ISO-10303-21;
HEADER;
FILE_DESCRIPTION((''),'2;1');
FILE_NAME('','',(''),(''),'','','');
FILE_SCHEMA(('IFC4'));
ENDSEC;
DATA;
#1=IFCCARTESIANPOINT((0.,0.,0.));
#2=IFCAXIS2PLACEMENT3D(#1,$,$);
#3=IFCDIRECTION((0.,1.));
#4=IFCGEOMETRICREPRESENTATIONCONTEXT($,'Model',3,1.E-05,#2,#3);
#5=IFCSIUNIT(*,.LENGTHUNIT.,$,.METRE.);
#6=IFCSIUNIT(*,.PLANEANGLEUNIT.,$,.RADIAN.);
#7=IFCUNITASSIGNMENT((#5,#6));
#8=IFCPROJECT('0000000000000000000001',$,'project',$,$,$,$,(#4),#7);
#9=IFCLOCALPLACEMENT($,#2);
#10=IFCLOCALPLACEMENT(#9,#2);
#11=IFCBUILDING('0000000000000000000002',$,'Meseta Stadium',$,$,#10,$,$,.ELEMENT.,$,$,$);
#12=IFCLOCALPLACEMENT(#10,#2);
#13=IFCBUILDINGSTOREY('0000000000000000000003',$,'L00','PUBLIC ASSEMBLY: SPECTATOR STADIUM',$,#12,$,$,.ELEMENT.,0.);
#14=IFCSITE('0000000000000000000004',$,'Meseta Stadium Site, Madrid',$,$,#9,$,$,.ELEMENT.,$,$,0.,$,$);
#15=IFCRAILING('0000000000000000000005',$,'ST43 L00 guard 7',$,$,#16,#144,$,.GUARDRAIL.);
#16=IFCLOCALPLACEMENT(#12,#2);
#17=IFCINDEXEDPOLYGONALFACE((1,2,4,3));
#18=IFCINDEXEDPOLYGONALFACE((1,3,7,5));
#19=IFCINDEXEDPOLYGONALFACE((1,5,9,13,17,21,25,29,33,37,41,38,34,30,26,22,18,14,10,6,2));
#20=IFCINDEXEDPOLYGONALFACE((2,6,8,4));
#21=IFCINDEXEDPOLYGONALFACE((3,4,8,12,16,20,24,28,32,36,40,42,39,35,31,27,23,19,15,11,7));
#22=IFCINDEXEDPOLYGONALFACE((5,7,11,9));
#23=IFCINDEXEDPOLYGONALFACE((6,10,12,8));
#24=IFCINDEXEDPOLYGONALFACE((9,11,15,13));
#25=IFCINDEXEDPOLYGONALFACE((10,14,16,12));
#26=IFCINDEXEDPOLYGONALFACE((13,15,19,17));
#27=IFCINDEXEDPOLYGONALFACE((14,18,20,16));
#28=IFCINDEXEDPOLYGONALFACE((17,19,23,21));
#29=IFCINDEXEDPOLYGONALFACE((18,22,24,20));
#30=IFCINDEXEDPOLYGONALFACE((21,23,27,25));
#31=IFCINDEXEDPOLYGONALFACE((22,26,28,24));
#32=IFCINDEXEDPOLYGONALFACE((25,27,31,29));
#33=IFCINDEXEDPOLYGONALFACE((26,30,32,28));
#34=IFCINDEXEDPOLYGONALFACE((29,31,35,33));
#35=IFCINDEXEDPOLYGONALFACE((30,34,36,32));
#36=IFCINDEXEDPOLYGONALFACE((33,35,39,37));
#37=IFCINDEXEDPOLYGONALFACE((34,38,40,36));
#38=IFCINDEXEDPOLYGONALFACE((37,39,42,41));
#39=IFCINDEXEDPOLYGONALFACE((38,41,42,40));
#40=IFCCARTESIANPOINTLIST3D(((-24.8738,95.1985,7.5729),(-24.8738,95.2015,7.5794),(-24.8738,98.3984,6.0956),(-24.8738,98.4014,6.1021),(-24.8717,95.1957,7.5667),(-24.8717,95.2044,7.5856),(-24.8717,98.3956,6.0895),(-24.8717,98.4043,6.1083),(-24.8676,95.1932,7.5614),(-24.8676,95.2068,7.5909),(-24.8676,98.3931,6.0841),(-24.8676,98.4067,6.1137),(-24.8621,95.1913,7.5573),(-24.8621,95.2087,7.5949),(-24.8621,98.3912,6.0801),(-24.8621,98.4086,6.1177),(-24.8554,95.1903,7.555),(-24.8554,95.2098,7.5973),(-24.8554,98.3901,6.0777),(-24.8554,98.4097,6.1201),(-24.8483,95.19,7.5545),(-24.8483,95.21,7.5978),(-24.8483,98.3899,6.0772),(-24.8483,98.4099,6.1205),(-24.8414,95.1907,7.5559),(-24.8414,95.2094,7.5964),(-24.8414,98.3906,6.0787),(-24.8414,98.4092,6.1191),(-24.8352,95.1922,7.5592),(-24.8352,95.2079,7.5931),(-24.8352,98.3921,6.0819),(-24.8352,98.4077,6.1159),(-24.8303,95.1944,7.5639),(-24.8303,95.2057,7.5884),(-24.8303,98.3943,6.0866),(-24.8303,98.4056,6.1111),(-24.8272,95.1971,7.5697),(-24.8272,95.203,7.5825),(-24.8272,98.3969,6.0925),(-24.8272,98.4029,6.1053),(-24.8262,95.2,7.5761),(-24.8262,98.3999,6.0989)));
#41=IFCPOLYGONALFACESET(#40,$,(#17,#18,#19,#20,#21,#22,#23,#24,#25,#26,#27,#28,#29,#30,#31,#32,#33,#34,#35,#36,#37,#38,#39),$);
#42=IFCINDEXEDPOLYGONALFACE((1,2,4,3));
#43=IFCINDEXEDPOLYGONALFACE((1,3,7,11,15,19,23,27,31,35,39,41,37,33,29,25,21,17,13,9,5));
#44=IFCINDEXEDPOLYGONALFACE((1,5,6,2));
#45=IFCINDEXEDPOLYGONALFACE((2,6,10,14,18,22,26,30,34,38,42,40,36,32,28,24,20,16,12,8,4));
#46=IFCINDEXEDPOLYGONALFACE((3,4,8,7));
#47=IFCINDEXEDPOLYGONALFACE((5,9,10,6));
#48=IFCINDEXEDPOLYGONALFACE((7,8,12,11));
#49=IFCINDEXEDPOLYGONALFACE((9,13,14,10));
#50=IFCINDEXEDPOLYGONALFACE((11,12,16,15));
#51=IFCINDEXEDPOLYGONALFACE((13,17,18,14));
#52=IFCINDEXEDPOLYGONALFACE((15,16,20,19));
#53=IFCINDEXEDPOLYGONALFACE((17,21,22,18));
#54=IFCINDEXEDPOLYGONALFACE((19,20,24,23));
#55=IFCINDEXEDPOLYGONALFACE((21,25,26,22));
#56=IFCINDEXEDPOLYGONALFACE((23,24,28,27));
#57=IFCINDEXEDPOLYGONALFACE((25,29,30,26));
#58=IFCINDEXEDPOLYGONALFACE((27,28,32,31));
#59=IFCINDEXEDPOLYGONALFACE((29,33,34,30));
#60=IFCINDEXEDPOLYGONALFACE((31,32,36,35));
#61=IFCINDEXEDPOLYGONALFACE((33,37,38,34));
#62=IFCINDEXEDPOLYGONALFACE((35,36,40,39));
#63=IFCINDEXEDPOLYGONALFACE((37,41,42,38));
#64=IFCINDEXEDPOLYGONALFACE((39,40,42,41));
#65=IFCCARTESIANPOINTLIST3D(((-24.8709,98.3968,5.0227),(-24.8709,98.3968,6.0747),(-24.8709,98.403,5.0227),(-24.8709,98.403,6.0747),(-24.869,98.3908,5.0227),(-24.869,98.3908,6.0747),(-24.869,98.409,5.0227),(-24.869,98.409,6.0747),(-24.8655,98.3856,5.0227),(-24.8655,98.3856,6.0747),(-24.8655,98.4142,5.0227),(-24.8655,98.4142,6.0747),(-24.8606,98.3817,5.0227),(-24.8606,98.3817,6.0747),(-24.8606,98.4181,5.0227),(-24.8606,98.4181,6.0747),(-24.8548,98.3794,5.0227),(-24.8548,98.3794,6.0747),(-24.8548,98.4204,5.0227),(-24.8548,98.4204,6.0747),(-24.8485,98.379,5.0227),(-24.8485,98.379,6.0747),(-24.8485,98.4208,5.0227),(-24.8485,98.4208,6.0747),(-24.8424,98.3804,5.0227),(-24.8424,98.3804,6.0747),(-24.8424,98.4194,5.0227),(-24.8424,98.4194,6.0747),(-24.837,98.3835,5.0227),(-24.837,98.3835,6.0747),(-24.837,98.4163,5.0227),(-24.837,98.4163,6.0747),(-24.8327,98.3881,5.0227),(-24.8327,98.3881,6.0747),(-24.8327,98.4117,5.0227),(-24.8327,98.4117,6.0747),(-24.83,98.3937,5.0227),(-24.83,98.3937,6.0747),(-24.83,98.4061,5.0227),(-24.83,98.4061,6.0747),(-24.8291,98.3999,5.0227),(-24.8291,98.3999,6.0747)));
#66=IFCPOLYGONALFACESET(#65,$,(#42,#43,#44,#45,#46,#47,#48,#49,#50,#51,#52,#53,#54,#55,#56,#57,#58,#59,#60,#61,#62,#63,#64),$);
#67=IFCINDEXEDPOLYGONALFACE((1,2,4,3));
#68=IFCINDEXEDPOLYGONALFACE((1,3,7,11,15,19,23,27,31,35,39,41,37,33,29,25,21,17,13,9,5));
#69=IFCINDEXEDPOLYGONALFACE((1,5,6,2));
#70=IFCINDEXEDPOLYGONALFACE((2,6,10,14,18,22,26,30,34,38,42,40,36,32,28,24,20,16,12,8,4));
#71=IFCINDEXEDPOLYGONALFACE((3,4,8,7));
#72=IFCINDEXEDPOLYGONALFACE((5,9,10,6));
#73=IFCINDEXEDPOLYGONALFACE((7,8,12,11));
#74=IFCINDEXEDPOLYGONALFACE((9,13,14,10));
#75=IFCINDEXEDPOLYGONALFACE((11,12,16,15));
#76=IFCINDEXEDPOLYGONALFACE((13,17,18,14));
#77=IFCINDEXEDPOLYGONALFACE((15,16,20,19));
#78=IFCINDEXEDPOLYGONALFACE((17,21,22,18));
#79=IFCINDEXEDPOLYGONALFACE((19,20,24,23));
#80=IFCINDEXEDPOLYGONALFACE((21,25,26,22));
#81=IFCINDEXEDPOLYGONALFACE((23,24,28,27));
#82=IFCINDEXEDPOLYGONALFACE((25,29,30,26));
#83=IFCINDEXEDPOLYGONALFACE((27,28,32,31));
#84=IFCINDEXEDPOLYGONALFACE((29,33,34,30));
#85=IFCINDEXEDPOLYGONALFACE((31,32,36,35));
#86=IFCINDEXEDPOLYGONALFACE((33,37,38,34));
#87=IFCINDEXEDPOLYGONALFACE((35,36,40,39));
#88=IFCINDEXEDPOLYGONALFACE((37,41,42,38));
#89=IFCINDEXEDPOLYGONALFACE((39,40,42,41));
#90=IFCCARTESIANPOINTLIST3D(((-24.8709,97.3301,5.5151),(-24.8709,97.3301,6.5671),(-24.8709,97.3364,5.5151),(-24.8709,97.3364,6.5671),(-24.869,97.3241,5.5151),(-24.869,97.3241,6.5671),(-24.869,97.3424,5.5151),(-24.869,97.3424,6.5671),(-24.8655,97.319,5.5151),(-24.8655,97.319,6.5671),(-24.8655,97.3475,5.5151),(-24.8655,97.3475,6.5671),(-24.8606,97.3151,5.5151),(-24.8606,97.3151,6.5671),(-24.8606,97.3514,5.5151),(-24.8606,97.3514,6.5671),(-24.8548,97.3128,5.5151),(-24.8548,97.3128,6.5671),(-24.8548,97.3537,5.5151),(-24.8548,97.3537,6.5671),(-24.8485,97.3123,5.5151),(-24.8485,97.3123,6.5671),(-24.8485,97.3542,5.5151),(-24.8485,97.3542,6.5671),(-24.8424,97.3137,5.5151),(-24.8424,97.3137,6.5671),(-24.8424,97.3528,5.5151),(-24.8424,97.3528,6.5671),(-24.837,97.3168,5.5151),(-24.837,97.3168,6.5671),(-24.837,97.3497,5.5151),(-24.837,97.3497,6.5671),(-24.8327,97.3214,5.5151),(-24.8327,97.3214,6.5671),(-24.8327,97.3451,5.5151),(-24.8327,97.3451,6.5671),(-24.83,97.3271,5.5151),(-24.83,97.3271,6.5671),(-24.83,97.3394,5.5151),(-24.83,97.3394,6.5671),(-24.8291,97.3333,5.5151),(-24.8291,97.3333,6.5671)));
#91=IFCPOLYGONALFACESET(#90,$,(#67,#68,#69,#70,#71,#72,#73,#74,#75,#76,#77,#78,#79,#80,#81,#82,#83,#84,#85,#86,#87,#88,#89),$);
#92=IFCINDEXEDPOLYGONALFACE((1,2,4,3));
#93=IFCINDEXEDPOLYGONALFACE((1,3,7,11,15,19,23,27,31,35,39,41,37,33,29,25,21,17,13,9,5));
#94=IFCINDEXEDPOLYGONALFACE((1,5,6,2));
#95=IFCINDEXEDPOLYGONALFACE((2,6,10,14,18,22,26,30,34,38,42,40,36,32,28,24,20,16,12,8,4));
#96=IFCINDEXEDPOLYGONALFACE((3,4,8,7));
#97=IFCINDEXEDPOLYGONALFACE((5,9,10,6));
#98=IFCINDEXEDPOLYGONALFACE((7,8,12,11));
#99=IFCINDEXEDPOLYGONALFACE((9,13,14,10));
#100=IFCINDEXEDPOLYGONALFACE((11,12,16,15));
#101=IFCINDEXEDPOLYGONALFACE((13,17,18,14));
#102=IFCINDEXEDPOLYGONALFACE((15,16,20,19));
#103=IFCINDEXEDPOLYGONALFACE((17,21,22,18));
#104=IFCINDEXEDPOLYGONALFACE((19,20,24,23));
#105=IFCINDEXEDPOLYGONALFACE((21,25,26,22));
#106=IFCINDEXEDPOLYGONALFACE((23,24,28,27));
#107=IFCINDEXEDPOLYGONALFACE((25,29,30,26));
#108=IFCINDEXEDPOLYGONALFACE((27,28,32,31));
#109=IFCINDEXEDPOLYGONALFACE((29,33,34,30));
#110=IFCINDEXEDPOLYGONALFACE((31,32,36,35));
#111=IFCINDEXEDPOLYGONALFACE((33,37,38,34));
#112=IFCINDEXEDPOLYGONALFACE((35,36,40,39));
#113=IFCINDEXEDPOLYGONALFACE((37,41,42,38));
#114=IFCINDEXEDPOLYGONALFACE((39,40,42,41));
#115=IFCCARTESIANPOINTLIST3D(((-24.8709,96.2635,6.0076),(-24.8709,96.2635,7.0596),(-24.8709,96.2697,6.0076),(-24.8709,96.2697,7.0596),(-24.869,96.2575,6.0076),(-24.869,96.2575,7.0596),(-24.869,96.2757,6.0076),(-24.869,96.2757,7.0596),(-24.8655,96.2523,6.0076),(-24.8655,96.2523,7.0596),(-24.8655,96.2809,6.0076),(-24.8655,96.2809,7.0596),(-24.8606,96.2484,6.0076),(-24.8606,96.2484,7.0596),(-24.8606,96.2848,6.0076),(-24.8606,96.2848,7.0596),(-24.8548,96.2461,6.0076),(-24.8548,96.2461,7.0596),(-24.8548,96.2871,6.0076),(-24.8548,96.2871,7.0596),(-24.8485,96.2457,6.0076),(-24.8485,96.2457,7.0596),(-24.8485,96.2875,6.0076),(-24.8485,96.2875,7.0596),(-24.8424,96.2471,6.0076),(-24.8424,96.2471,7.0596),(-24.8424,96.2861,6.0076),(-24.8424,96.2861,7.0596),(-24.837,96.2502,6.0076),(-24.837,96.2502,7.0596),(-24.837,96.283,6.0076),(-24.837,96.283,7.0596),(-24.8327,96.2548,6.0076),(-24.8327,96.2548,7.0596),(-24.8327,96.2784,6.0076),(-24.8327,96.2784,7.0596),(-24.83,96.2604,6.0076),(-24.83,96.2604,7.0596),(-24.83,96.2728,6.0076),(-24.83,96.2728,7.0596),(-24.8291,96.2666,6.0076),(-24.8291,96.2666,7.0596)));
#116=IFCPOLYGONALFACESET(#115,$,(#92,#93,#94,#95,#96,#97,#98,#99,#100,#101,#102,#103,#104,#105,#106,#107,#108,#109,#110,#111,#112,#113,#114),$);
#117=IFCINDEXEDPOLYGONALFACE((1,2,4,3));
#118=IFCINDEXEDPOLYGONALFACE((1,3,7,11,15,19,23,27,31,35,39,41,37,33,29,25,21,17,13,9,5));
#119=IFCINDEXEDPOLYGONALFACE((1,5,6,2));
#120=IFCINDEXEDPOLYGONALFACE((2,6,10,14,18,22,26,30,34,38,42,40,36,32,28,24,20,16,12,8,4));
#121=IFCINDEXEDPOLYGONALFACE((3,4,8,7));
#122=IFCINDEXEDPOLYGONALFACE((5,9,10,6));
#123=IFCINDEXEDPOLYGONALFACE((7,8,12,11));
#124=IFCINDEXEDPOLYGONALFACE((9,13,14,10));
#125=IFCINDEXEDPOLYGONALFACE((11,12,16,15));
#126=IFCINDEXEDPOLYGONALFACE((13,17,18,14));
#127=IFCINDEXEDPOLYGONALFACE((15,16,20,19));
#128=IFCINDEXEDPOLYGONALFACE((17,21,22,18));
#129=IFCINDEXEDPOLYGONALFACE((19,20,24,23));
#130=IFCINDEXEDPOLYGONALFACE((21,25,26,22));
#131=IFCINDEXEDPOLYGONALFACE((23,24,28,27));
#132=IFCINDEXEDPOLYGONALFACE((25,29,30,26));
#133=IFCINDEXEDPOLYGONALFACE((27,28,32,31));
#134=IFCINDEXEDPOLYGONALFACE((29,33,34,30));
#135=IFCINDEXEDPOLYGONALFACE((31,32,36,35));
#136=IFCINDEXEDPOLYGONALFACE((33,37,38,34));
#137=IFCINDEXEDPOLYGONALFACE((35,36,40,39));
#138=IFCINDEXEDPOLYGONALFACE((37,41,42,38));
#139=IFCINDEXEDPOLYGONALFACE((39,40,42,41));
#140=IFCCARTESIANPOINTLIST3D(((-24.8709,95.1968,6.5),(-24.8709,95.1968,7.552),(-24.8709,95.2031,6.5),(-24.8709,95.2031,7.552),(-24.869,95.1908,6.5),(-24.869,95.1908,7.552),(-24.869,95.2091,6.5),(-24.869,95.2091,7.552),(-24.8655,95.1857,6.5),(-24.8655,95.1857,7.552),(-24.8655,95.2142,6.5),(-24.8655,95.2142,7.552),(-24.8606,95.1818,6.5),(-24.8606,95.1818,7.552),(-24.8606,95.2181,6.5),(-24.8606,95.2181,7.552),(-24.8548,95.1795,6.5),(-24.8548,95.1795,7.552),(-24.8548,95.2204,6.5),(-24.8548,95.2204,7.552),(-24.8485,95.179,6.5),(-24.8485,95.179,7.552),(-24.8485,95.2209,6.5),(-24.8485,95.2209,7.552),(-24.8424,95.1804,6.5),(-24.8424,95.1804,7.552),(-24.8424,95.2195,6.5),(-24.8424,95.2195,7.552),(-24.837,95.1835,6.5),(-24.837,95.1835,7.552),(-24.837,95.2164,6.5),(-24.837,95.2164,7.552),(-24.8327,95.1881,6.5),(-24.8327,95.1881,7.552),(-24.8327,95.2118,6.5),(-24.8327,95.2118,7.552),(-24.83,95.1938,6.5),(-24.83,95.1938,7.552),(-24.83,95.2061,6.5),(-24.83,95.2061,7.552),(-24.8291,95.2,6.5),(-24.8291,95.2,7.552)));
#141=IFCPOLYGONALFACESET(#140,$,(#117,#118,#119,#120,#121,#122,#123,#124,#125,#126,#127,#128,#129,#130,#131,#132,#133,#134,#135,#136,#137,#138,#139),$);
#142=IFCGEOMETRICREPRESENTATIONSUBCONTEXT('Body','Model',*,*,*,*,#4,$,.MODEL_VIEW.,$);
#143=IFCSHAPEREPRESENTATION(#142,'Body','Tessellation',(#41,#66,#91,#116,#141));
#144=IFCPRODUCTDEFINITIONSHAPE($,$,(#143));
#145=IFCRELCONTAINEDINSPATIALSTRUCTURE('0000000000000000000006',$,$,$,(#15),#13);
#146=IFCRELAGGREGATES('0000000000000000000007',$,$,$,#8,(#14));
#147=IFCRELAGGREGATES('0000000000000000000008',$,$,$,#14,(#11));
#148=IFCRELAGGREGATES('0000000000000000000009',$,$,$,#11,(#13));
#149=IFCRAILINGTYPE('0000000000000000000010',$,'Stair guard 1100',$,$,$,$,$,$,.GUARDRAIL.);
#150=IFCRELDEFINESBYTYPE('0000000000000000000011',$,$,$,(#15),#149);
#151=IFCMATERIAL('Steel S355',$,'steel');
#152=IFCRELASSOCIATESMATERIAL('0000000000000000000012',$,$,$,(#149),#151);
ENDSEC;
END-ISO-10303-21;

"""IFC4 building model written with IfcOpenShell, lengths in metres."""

from ifc_helpers import new_model, si_unit, direction, frame, origin, origin_2d, place, context, subcontext, project, spatial, circle, extrude, material, type_object, element, save


model = new_model("IFC4")

# Units and contexts
model_context = context("Model", 3, precision=1e-05, world=origin(), true_north=direction((0.0, 1.0)))
body_context = subcontext(model_context, "Body", "Model", "MODEL_VIEW")
ifc_project = project(units=[si_unit("LENGTHUNIT", "METRE"), si_unit("PLANEANGLEUNIT", "RADIAN")], contexts=[model_context])

# Site, building, storey
site_placement = place(None, origin())
site = spatial("IfcSite", under=ifc_project, at=site_placement, Name="Meseta Stadium Site, Madrid", CompositionType="ELEMENT", RefElevation=0.0)
building_placement = place(site_placement, origin())
building = spatial("IfcBuilding", under=site, at=building_placement, Name="Meseta Stadium", CompositionType="ELEMENT")
storey_placement = place(building_placement, origin())
storey = spatial("IfcBuildingStorey", under=building, at=storey_placement, Name="L00", Description="PUBLIC ASSEMBLY: SPECTATOR STADIUM", CompositionType="ELEMENT", Elevation=0.0)

# Railing
ifc_material_1 = material(Name="Steel S355", Category="steel")
railing_type_1 = type_object("IfcRailingType", Name="Stair guard 1100", PredefinedType="GUARDRAIL", material=ifc_material_1)
railing_1_placement = place(storey_placement, frame((-24.8501, 98.3999, 5.0227)))
element("IfcRailing", 1, at=railing_1_placement, inside=storey, type_object=railing_type_1, Name="ST43 L00 guard 7", PredefinedType="GUARDRAIL", context=body_context, shape_type="SweptSolid", body=[
    extrude(circle(Radius=0.0239, at=origin_2d()), frame((0.0, 0.0, 1.0762), z_axis=(0.0, -0.907917, 0.41915), x_axis=(1.0, 0.0, 0.0)), (0.0, 0.0, 1.0), 3.5244),
    extrude(circle(Radius=0.021, at=origin_2d()), origin(), (0.0, 0.0, 1.0), 1.052),
    extrude(circle(Radius=0.021, at=origin_2d()), frame((0.0, -1.0667, 0.4924)), (0.0, 0.0, 1.0), 1.052),
    extrude(circle(Radius=0.021, at=origin_2d()), frame((0.0, -2.1333, 0.9849)), (0.0, 0.0, 1.0), 1.052),
    extrude(circle(Radius=0.021, at=origin_2d()), frame((0.0, -3.2, 1.4773)), (0.0, 0.0, 1.0), 1.052),
])

save(model, "model.ifc")
